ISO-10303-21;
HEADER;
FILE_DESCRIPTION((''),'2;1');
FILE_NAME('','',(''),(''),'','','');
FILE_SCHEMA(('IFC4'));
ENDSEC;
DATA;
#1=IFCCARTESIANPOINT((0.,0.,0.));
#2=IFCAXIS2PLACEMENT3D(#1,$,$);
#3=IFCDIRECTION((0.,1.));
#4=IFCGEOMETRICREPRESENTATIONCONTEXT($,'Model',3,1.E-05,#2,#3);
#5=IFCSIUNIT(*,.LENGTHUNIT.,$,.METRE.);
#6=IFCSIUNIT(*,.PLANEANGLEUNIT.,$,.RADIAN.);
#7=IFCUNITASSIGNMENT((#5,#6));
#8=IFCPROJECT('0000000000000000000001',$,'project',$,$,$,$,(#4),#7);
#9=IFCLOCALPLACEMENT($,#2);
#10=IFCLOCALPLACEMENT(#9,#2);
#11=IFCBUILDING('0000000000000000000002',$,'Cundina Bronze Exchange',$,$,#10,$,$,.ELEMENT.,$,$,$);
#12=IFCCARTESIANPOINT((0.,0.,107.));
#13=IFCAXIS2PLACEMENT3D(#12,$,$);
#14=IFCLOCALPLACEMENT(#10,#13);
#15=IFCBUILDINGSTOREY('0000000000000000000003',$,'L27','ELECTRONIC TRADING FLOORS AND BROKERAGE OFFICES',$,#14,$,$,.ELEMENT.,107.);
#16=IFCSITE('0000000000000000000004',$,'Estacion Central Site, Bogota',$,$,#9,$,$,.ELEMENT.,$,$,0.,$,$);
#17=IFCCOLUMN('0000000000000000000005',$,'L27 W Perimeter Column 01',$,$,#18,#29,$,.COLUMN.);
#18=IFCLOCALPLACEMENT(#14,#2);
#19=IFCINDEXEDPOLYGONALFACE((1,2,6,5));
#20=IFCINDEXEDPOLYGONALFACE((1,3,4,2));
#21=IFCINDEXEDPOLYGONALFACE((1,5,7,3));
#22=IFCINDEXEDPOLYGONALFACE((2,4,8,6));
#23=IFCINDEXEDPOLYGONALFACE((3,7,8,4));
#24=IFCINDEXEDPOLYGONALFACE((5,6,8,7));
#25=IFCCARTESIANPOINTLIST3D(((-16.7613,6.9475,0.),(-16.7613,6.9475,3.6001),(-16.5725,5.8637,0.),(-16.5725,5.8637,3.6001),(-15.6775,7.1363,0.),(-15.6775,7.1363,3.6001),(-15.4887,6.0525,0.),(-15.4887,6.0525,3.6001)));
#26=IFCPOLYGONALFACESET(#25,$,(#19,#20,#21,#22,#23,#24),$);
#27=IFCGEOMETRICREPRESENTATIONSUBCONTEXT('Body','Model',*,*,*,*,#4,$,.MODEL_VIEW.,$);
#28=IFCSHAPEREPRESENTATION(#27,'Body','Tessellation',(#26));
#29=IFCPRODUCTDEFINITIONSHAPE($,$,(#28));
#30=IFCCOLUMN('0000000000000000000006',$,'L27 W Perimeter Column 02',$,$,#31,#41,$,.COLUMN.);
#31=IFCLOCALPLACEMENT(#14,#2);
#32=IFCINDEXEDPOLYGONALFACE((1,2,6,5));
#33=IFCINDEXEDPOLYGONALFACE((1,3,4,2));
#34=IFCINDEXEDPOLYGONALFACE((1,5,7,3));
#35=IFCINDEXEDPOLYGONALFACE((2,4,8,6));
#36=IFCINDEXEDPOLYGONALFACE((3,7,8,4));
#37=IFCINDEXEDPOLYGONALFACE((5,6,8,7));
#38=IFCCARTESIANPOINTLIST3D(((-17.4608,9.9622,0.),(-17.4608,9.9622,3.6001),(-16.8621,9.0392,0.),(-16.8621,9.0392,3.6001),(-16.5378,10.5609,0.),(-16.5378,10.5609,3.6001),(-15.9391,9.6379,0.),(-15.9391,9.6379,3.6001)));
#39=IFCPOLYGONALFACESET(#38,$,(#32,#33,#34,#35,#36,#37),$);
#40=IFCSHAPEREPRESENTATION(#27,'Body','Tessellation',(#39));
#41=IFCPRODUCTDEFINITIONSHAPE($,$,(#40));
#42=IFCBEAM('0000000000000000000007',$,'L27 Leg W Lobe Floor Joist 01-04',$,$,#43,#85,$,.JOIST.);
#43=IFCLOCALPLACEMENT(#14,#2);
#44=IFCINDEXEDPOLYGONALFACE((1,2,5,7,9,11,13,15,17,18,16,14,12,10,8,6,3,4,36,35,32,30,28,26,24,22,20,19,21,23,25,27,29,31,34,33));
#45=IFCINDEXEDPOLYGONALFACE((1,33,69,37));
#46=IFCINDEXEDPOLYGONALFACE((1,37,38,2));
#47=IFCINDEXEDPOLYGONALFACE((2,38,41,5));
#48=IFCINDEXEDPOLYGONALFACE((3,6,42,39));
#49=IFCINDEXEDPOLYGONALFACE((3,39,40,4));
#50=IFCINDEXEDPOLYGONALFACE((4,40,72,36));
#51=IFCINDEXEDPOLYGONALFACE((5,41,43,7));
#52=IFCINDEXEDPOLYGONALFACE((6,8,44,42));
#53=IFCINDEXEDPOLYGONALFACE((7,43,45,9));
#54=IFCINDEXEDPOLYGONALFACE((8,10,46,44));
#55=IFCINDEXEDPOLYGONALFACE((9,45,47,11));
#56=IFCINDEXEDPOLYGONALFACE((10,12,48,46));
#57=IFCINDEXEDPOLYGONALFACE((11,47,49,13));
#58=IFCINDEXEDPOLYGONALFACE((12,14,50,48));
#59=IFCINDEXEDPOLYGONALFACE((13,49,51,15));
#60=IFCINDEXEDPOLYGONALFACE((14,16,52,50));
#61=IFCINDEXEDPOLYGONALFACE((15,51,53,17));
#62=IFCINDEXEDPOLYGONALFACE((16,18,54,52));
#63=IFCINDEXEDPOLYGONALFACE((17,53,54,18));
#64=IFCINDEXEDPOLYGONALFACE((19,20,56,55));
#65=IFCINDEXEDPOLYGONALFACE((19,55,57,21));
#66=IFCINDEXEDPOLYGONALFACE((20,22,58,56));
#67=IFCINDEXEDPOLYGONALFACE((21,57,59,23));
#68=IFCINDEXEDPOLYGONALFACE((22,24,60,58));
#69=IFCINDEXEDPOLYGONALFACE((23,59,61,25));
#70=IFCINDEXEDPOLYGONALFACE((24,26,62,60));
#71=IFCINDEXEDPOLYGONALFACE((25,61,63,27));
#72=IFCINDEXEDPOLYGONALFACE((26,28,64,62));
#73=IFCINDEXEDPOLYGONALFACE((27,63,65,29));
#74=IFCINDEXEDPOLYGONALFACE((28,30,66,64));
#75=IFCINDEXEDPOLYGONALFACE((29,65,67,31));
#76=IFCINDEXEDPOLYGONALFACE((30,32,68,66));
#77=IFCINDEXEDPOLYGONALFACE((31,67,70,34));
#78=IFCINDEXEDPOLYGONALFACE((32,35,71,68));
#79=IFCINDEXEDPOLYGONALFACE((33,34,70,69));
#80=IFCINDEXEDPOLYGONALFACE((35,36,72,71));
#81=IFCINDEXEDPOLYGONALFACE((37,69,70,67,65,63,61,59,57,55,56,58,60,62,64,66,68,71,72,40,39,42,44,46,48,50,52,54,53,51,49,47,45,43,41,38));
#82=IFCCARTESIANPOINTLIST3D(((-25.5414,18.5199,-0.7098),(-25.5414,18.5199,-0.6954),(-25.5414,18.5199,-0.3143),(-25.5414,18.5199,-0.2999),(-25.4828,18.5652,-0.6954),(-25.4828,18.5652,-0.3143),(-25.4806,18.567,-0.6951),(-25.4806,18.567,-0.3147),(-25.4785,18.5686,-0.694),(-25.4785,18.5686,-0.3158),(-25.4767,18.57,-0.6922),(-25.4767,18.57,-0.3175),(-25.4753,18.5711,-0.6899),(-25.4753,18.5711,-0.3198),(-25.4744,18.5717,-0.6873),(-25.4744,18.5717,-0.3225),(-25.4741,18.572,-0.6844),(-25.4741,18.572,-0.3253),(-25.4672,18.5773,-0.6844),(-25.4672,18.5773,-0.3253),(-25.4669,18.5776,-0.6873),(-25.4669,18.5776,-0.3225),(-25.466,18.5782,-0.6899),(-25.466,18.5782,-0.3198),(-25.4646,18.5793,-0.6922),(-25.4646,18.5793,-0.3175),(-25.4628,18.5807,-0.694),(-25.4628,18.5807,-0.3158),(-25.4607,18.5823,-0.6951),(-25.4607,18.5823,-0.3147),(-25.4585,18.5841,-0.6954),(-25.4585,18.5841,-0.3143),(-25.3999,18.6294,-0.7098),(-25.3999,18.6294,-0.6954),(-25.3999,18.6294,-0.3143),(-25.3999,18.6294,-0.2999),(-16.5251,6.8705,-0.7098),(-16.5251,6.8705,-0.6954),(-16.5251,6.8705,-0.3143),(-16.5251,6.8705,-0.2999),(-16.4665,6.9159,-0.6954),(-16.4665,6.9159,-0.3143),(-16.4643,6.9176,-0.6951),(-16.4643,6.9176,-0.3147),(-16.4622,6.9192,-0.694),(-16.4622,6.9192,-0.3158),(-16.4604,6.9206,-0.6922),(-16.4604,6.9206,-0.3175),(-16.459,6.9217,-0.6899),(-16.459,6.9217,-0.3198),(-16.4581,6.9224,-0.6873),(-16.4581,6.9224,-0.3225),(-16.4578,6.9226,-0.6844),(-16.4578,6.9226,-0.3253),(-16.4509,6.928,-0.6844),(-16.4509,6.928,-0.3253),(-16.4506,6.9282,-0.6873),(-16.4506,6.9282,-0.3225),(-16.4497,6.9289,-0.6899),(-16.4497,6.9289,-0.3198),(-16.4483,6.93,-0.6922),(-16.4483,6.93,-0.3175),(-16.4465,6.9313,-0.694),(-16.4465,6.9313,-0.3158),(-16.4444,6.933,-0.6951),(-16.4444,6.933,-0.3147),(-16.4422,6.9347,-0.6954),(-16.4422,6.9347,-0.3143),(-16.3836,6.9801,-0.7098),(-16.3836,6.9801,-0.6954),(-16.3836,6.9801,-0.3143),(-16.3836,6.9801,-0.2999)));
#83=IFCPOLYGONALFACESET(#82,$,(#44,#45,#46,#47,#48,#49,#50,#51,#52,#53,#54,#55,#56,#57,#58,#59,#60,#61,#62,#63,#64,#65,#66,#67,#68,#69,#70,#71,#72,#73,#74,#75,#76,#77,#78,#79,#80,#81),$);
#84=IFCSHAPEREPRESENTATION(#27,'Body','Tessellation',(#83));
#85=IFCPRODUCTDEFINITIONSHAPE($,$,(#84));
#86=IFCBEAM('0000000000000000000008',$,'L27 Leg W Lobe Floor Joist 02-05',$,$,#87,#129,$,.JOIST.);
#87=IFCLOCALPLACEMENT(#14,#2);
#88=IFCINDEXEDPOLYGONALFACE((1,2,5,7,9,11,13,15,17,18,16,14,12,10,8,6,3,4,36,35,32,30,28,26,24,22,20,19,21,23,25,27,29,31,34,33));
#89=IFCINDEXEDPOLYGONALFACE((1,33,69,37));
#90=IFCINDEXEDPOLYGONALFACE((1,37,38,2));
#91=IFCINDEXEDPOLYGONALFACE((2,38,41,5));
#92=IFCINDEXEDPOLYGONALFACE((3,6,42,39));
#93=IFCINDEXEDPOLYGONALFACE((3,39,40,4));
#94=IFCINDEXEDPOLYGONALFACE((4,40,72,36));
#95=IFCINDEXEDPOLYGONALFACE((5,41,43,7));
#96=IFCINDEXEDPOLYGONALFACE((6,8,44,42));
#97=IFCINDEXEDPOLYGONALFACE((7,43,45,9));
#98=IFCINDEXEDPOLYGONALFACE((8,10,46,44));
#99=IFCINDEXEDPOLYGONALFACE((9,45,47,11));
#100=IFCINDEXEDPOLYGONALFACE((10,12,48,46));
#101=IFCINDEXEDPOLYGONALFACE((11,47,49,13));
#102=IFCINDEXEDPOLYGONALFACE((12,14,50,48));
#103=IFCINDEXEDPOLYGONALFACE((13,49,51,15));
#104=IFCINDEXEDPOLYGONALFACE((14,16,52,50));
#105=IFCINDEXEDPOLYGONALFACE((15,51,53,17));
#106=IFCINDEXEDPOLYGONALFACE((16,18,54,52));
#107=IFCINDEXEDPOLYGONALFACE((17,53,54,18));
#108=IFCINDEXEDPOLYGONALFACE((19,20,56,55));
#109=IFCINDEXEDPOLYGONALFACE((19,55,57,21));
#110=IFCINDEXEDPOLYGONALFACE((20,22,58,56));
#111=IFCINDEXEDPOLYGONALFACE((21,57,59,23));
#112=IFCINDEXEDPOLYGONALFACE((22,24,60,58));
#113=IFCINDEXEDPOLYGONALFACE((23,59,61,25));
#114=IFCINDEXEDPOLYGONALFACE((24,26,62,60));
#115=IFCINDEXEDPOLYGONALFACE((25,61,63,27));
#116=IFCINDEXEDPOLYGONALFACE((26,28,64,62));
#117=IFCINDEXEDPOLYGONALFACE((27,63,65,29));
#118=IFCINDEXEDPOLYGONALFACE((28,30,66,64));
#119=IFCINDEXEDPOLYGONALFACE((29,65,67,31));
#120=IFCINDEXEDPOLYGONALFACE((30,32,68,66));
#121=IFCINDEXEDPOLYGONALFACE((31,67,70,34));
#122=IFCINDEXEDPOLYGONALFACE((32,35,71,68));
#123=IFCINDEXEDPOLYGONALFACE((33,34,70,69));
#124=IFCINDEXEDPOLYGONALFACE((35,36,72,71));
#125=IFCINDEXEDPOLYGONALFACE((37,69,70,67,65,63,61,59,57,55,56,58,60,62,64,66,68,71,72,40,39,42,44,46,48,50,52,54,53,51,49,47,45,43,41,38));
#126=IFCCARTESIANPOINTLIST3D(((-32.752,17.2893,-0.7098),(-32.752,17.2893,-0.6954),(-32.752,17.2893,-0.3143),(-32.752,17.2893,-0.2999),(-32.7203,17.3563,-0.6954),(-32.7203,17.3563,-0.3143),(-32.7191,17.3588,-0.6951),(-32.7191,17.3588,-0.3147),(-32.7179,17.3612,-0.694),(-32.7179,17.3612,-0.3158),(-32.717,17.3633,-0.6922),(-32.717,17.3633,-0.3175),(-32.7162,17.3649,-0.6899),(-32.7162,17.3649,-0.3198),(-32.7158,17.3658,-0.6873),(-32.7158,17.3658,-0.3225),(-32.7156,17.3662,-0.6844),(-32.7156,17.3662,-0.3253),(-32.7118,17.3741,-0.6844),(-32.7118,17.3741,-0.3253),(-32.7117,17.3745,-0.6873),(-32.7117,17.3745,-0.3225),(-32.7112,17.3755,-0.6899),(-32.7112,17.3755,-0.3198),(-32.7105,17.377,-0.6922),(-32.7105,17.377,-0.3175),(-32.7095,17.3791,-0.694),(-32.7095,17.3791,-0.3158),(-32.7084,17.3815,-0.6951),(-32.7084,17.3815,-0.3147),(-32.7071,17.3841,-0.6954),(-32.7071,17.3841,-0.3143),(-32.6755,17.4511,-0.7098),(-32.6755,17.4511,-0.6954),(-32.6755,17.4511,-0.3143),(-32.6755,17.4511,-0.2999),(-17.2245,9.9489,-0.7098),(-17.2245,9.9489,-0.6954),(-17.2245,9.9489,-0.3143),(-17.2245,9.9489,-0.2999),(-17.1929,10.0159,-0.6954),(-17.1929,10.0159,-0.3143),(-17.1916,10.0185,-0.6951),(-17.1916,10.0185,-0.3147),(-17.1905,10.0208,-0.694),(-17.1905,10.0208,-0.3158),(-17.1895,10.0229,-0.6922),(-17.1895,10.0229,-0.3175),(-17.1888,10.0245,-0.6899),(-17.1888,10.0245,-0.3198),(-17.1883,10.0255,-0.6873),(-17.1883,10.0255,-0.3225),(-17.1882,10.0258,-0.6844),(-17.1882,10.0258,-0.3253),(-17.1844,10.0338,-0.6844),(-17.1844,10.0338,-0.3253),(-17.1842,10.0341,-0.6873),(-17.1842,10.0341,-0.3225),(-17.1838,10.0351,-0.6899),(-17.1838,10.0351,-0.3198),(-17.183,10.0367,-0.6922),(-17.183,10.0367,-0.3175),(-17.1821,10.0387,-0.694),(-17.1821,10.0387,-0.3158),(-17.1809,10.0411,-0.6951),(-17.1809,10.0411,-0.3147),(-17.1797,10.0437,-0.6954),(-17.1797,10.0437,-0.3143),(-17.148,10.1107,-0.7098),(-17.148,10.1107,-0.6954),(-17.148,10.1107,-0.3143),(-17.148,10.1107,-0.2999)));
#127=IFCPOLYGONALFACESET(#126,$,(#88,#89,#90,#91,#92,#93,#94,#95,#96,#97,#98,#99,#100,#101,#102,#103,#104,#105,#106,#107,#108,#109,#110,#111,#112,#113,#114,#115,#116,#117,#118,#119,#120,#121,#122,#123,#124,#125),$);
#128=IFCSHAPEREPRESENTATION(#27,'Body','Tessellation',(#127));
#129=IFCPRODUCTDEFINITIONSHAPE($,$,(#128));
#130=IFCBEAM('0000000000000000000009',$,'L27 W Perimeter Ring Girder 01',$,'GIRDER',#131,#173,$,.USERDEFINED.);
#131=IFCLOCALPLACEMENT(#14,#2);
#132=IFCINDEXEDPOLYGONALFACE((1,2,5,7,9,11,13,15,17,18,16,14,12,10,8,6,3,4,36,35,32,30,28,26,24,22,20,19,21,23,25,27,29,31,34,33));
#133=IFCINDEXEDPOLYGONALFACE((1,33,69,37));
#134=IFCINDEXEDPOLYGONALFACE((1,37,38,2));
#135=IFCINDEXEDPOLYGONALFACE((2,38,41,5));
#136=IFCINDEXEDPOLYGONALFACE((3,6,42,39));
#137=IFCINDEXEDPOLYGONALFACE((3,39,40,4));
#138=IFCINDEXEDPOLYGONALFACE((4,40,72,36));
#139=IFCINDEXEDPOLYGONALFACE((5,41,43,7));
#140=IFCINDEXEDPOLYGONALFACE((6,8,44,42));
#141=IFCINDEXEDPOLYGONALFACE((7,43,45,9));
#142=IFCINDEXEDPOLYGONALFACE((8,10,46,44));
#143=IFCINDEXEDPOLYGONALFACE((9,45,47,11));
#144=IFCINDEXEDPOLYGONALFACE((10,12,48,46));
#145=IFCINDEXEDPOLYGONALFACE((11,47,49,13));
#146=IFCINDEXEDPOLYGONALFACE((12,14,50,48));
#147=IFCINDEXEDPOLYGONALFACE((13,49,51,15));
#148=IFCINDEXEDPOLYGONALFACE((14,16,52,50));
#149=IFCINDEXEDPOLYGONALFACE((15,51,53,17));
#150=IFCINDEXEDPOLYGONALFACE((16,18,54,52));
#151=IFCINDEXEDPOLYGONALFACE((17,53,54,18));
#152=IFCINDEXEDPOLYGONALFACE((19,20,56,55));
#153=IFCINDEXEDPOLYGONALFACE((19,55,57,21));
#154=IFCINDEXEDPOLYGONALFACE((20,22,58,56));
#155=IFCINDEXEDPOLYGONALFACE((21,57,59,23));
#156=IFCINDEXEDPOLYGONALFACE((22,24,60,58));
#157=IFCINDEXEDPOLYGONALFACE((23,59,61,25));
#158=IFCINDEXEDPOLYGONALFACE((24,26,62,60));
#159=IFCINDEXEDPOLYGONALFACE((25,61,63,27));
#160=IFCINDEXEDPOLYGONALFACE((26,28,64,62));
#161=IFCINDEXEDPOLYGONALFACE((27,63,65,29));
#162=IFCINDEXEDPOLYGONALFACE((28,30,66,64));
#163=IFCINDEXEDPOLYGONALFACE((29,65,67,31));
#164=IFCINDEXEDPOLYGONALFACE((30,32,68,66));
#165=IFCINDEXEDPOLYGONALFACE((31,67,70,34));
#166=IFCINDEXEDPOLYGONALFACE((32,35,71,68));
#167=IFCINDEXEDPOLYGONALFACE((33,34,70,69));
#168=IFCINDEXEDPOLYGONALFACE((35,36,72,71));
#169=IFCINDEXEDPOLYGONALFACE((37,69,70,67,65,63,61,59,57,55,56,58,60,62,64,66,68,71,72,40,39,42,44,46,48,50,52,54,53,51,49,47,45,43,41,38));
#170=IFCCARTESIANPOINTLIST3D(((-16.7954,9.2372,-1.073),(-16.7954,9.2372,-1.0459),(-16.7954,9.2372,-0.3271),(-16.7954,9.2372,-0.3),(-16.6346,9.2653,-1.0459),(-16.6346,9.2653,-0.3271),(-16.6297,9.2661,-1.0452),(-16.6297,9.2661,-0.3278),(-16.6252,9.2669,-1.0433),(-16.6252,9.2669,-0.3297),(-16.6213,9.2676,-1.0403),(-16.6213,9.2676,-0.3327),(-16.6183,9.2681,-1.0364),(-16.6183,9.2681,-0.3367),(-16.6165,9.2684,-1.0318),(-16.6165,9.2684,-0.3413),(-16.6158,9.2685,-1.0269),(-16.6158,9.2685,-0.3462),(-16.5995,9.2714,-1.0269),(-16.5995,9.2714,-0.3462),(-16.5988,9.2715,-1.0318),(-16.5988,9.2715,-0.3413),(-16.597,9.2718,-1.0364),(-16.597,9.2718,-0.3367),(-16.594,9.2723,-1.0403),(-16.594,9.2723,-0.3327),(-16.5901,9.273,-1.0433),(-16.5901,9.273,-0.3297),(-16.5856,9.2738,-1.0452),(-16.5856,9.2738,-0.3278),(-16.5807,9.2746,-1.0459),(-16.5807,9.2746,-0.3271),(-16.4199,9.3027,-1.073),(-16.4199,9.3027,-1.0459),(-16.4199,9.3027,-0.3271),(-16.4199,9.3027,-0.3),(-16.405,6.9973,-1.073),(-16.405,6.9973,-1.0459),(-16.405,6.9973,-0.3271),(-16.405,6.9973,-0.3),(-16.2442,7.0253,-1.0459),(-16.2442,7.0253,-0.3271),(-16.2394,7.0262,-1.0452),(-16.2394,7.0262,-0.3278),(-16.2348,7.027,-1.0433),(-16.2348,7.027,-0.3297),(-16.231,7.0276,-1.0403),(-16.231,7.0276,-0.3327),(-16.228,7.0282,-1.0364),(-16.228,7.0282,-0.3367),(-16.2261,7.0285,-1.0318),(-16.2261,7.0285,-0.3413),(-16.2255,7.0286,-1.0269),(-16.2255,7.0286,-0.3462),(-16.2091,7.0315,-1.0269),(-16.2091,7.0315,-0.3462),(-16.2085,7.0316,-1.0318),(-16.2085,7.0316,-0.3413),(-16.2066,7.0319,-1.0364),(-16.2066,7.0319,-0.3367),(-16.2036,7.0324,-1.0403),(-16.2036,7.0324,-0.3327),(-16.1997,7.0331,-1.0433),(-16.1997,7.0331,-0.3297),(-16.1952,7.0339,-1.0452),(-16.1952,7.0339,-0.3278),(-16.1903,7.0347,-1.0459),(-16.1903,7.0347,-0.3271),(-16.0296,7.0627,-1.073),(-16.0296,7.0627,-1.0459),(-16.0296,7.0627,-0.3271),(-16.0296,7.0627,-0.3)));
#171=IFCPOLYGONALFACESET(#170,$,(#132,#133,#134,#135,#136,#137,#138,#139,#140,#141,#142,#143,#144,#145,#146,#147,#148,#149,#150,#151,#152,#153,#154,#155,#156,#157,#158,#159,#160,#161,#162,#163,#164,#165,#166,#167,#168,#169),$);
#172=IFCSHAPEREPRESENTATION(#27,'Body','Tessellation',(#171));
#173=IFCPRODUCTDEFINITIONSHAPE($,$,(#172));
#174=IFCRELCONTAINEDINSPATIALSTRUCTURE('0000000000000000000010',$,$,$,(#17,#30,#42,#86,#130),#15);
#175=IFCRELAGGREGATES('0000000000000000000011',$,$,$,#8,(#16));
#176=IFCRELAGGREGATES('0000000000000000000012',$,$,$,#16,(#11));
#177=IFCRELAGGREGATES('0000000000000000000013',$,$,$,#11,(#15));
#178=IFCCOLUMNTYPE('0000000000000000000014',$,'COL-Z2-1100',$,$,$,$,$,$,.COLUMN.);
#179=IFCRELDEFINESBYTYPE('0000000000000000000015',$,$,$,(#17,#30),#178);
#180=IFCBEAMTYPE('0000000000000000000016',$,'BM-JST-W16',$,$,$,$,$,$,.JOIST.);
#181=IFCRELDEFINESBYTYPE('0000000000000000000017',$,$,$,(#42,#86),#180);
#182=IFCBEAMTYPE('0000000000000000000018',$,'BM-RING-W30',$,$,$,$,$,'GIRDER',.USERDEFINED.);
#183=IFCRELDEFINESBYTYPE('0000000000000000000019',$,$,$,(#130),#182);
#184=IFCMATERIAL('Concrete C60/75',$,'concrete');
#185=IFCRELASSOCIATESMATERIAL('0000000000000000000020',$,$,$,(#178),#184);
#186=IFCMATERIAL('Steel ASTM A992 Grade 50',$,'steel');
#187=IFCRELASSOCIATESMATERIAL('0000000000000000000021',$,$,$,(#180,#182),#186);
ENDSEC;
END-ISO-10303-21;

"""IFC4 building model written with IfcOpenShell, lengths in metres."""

from ifc_helpers import new_model, si_unit, direction, frame, origin, origin_2d, place, context, subcontext, project, spatial, rectangle, i_section, extrude, material, material_profile, profile_set, type_object, element, save


model = new_model("IFC4")

# Units and contexts
model_context = context("Model", 3, precision=1e-05, world=origin(), true_north=direction((0.0, 1.0)))
body_context = subcontext(model_context, "Body", "Model", "MODEL_VIEW")
ifc_project = project(units=[si_unit("LENGTHUNIT", "METRE"), si_unit("PLANEANGLEUNIT", "RADIAN")], contexts=[model_context])

# Site, building, storey
site_placement = place(None, origin())
site = spatial("IfcSite", under=ifc_project, at=site_placement, Name="Estacion Central Site, Bogota", CompositionType="ELEMENT", RefElevation=0.0)
building_placement = place(site_placement, origin())
building = spatial("IfcBuilding", under=site, at=building_placement, Name="Cundina Bronze Exchange", CompositionType="ELEMENT")
storey_placement = place(building_placement, frame((0.0, 0.0, 107.0)))
storey = spatial("IfcBuildingStorey", under=building, at=storey_placement, Name="L27", Description="ELECTRONIC TRADING FLOORS AND BROKERAGE OFFICES", CompositionType="ELEMENT", Elevation=107.0)

# Columns
ifc_material_1 = material(Name="Concrete C60/75", Category="concrete")
ifc_material_profile_1 = material_profile(ifc_material_1, rectangle(XDim=1.1001, YDim=1.1001, at=origin_2d()), Name="RC1100X1100", Category="concrete")
ifc_profile_set_1 = profile_set([ifc_material_profile_1], Name="Concrete C60/75")
column_type = type_object("IfcColumnType", Name="COL-Z2-1100", PredefinedType="COLUMN", material=ifc_profile_set_1)
for number, where, z_axis, x_axis, name in (
    (1, (-16.125, 6.5, 0.0), (0.0, 0.0, 1.0), (-0.171585, 0.985169, 0.0), "L27 W Perimeter Column 01"),
    (2, (-16.7, 9.8, 0.0), (0.0, 0.0, 1.0), (-0.5442, 0.838956, 0.0), "L27 W Perimeter Column 02"),
):
    element("IfcColumn", number, at=place(storey_placement, frame(where, z_axis=z_axis, x_axis=x_axis)), inside=storey, type_object=column_type, Name=name, PredefinedType="COLUMN", context=body_context, shape_type="SweptSolid", body=[
        extrude(rectangle(XDim=1.1001, YDim=1.1001, at=origin_2d()), origin(), (0.0, 0.0, 1.0), 3.6001),
    ])

# Beams
ifc_material_2 = material(Name="Steel ASTM A992 Grade 50", Category="steel")
ifc_material_profile_2 = material_profile(ifc_material_2, i_section(OverallWidth=0.179, OverallDepth=0.4099, WebThickness=0.0088, FlangeThickness=0.0144, FilletRadius=0.011, at=origin_2d()), Name="W16X45", Category="steel")
ifc_profile_set_2 = profile_set([ifc_material_profile_2], Name="Steel ASTM A992 Grade 50")
beam_type_1 = type_object("IfcBeamType", Name="BM-JST-W16", PredefinedType="JOIST", material=ifc_profile_set_2)
beam_1_placement = place(storey_placement, frame((-16.4543, 6.9253, -0.5049), z_axis=(-0.612065, 0.790807, 0.0), x_axis=(-0.790807, -0.612065, 0.0)))
element("IfcBeam", 3, at=beam_1_placement, inside=storey, type_object=beam_type_1, Name="L27 Leg W Lobe Floor Joist 01-04", PredefinedType="JOIST", context=body_context, shape_type="SweptSolid", body=[
    extrude(i_section(OverallWidth=0.179, OverallDepth=0.4099, WebThickness=0.0088, FlangeThickness=0.0144, FilletRadius=0.011, at=origin_2d()), origin(), (0.0, 0.0, 1.0), 14.731),
])
beam_2_placement = place(storey_placement, frame((-17.1863, 10.0298, -0.5049), z_axis=(-0.904069, 0.427386, 0.0), x_axis=(-0.427386, -0.904069, 0.0)))
element("IfcBeam", 4, at=beam_2_placement, inside=storey, type_object=beam_type_1, Name="L27 Leg W Lobe Floor Joist 02-05", PredefinedType="JOIST", context=body_context, shape_type="SweptSolid", body=[
    extrude(i_section(OverallWidth=0.179, OverallDepth=0.4099, WebThickness=0.0088, FlangeThickness=0.0144, FilletRadius=0.011, at=origin_2d()), origin(), (0.0, 0.0, 1.0), 17.175),
])
ifc_material_profile_3 = material_profile(ifc_material_2, i_section(OverallWidth=0.3811, OverallDepth=0.7729, WebThickness=0.0166, FlangeThickness=0.0271, FilletRadius=0.019, at=origin_2d()), Name="W30X173", Category="steel")
ifc_profile_set_3 = profile_set([ifc_material_profile_3], Name="Steel ASTM A992 Grade 50")
beam_type_2 = type_object("IfcBeamType", Name="BM-RING-W30", ElementType="GIRDER", PredefinedType="USERDEFINED", material=ifc_profile_set_3)
beam_3_placement = place(storey_placement, frame((-16.2173, 7.03, -0.6865), z_axis=(-0.17169, 0.985151, 0.0), x_axis=(-0.985151, -0.17169, 0.0)))
element("IfcBeam", 5, at=beam_3_placement, inside=storey, type_object=beam_type_2, Name="L27 W Perimeter Ring Girder 01", ObjectType="GIRDER", PredefinedType="USERDEFINED", context=body_context, shape_type="SweptSolid", body=[
    extrude(i_section(OverallWidth=0.3811, OverallDepth=0.7729, WebThickness=0.0166, FlangeThickness=0.0271, FilletRadius=0.019, at=origin_2d()), origin(), (0.0, 0.0, 1.0), 2.2737),
])

save(model, "model.ifc")
